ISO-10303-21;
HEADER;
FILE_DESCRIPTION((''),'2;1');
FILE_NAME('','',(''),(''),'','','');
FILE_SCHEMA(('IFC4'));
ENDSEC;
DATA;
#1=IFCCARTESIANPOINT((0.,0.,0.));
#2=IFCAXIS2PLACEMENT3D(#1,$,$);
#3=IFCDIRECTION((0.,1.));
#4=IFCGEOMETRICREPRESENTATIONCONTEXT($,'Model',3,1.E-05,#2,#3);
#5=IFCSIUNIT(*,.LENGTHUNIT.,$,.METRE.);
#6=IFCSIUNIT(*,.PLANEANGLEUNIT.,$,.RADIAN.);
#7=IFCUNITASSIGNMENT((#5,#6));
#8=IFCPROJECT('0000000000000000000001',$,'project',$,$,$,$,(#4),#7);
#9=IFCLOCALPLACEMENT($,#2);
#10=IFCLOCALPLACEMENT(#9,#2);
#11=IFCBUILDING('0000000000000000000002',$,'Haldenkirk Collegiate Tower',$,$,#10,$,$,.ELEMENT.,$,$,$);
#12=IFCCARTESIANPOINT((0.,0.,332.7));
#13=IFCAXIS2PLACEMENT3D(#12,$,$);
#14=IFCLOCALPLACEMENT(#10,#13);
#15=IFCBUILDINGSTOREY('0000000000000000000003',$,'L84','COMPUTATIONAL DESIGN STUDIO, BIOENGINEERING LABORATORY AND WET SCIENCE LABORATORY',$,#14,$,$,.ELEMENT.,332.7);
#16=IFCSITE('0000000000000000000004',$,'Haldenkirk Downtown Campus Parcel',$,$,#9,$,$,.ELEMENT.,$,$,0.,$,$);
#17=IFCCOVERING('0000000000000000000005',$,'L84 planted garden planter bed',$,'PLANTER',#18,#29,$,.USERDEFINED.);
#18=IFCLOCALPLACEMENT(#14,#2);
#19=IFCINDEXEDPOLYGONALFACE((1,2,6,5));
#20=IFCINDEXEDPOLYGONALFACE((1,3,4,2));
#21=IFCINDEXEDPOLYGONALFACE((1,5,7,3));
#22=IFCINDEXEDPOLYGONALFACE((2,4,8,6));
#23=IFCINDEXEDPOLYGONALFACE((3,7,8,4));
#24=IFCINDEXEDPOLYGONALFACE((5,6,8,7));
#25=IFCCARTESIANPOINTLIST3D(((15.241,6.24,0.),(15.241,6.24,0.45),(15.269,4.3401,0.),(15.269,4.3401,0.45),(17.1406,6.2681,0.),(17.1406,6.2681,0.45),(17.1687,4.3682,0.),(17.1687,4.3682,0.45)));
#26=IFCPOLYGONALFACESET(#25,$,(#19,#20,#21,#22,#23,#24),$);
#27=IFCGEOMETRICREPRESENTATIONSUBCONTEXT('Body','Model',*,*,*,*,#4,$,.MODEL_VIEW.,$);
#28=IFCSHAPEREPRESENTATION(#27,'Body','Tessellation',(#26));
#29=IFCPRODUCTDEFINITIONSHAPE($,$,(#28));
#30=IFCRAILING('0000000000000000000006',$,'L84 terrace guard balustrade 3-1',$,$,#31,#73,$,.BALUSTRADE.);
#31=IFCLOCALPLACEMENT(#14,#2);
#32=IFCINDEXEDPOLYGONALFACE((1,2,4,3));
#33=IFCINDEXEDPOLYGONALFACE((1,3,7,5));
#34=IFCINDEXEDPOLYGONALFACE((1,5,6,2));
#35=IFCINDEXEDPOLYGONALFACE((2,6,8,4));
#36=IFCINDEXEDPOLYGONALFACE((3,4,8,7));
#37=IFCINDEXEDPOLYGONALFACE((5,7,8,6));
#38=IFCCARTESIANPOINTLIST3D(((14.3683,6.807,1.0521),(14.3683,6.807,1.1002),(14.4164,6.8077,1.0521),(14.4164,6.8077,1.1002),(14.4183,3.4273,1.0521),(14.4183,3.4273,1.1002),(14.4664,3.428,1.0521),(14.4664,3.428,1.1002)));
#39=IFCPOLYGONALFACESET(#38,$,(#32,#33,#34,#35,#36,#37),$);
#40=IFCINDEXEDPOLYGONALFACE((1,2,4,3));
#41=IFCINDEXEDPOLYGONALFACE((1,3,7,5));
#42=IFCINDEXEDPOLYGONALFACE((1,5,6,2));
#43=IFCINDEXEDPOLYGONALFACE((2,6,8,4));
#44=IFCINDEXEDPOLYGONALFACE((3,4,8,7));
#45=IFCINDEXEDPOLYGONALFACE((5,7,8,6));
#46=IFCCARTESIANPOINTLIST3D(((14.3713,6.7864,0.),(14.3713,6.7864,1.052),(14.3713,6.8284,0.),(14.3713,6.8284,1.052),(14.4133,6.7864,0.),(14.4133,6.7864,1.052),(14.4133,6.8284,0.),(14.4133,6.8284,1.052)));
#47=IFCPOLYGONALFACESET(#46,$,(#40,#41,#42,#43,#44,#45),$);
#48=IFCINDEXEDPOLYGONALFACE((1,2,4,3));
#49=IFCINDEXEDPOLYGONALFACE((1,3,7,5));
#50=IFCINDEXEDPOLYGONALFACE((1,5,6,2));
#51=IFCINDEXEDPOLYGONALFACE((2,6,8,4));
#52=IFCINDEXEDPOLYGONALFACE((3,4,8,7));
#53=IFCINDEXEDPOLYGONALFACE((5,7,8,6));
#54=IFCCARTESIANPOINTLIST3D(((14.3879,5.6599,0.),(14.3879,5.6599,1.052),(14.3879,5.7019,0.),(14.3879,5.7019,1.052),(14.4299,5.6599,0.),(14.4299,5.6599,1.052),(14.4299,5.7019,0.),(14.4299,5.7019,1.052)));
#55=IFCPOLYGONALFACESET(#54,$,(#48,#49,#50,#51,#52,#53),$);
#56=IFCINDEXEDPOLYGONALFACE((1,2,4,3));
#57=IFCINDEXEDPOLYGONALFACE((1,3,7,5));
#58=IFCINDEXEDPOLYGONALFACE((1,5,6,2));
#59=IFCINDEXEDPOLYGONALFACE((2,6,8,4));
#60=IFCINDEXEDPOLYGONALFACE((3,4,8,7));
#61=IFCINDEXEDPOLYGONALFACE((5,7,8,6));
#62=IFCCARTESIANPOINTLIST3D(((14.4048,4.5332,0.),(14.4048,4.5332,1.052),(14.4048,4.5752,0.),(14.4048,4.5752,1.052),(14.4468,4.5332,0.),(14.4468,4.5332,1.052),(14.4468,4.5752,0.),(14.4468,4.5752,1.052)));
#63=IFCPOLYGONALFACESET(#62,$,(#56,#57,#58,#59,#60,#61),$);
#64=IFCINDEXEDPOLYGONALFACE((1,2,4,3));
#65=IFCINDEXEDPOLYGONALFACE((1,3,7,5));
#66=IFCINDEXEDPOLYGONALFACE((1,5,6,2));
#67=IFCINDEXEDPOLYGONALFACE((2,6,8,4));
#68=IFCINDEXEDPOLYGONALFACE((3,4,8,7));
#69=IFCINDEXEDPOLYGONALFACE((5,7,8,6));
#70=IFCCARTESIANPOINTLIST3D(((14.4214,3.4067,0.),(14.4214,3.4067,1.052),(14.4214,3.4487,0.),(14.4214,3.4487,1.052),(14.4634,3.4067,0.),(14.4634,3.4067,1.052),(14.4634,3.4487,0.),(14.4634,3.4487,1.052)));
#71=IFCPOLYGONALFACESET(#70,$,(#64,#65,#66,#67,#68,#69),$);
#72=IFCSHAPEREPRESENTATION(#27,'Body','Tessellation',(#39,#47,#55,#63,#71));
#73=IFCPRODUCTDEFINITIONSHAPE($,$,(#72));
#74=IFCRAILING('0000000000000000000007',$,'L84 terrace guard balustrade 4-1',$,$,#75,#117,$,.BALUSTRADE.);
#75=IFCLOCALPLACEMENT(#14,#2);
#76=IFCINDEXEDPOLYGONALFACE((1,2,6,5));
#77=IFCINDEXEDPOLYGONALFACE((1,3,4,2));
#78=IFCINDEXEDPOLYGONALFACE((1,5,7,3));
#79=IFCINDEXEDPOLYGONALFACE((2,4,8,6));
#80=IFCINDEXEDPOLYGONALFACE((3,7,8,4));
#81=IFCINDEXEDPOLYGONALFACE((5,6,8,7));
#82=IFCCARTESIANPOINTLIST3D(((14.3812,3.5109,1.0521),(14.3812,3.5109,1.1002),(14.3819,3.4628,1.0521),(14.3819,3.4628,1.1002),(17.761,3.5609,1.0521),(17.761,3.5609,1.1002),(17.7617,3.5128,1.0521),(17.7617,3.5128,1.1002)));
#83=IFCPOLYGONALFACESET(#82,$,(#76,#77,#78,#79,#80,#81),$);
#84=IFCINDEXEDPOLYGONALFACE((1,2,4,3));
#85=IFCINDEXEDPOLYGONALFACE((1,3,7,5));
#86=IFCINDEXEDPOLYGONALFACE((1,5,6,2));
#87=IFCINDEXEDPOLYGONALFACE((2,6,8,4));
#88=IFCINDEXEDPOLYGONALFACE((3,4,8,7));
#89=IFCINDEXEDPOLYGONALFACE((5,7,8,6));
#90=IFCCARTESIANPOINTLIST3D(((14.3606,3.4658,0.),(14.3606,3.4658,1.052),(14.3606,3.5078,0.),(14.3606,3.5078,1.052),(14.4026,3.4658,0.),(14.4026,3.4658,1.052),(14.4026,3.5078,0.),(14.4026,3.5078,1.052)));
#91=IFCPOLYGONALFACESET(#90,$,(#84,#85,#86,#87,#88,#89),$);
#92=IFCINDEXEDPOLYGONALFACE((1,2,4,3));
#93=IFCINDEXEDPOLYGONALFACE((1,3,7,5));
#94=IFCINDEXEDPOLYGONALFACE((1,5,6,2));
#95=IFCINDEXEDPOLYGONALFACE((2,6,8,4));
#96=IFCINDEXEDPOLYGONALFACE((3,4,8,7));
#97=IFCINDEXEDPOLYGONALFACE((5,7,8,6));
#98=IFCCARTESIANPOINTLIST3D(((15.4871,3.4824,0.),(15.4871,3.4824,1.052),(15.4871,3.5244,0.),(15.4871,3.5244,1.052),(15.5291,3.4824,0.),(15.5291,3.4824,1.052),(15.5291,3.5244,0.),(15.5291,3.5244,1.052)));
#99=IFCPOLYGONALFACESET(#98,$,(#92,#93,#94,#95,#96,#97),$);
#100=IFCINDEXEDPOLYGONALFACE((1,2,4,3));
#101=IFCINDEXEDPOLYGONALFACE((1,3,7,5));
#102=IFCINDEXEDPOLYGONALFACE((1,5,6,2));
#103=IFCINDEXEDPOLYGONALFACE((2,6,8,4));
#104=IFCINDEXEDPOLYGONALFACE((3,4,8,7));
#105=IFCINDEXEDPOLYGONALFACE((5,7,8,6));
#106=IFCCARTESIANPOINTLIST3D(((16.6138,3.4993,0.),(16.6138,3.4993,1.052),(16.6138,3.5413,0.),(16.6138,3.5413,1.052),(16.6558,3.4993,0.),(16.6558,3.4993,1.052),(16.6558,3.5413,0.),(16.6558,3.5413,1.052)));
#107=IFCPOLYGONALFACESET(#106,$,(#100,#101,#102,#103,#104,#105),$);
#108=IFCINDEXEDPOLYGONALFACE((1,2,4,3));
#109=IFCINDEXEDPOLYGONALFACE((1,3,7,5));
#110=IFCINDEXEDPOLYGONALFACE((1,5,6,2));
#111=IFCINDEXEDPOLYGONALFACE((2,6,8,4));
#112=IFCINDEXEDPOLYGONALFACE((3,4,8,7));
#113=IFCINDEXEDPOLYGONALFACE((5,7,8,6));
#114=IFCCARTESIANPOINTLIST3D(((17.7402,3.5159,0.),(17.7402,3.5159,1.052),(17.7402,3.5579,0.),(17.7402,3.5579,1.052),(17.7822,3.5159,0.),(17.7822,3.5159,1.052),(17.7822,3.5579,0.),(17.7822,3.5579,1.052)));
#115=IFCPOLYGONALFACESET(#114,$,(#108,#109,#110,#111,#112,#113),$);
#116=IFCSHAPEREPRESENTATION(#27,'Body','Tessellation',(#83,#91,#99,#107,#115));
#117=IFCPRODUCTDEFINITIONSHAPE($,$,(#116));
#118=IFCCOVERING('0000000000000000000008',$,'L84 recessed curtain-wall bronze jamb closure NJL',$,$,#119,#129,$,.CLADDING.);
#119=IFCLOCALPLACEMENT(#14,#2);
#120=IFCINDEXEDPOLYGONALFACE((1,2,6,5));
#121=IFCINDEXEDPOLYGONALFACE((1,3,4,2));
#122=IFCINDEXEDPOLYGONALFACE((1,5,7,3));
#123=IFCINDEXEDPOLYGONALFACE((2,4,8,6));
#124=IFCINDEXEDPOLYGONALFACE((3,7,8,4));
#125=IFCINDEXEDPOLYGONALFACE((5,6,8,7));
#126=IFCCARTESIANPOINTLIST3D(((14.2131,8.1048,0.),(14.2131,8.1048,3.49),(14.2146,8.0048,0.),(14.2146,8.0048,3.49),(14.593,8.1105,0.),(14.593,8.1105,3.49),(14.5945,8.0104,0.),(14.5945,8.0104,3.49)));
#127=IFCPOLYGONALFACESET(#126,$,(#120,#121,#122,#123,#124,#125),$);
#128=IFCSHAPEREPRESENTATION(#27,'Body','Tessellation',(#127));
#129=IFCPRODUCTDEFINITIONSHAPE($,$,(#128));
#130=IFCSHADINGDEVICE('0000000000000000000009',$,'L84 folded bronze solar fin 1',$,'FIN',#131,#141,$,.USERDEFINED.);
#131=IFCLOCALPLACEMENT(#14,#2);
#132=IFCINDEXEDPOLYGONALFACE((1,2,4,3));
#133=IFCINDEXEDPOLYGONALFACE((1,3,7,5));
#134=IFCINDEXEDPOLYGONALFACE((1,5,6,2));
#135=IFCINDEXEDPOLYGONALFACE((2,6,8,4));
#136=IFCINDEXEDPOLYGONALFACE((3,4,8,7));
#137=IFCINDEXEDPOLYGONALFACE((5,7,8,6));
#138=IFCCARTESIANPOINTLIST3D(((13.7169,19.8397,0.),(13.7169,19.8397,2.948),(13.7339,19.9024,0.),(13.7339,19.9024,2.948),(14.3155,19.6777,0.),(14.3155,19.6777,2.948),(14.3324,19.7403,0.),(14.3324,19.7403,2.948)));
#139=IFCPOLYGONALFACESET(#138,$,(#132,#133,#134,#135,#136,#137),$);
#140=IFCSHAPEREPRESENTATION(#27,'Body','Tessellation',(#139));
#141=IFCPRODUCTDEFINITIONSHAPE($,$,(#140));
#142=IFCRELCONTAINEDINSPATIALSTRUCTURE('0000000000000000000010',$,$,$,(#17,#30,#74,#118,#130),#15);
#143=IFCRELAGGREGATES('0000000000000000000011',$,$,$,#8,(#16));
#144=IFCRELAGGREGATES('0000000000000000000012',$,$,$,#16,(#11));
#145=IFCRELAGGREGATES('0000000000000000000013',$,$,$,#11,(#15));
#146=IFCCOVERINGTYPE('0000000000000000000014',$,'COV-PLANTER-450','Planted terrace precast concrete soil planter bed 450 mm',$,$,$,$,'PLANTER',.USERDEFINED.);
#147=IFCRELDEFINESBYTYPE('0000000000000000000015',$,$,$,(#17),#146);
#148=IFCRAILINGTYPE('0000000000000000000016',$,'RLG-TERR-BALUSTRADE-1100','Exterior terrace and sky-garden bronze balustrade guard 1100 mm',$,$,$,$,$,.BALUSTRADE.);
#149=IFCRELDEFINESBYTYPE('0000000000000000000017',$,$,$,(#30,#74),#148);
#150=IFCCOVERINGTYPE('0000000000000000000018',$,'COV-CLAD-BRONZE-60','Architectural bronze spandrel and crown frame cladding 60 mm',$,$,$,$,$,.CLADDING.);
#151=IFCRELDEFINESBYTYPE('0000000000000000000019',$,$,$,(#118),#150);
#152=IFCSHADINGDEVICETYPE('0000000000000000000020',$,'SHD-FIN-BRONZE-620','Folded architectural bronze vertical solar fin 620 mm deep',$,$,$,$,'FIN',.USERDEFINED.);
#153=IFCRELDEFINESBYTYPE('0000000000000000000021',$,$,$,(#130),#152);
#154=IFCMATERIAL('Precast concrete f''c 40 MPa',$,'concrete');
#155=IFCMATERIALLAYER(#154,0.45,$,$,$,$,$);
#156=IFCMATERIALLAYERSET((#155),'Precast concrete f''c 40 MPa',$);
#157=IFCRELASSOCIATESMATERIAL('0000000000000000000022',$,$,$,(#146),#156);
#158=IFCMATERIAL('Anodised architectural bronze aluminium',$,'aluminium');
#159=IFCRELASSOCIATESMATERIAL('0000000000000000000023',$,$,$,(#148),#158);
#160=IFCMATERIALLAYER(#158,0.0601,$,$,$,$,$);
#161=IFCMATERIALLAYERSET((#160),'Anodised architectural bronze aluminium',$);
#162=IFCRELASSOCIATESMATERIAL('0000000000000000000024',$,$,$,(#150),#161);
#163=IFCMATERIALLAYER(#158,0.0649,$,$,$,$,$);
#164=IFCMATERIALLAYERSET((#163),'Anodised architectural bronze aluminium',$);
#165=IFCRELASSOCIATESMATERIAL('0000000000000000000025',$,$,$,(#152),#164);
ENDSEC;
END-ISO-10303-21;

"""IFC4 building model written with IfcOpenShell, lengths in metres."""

from ifc_helpers import new_model, si_unit, direction, frame, origin, origin_2d, place, context, subcontext, project, spatial, polyline, rectangle, outline, extrude, source, transform, mapped, material, layer, layer_set, type_object, element, save


model = new_model("IFC4")

# Units and contexts
model_context = context("Model", 3, precision=1e-05, world=origin(), true_north=direction((0.0, 1.0)))
body_context = subcontext(model_context, "Body", "Model", "MODEL_VIEW")
ifc_project = project(units=[si_unit("LENGTHUNIT", "METRE"), si_unit("PLANEANGLEUNIT", "RADIAN")], contexts=[model_context])

# Site, building, storey
site_placement = place(None, origin())
site = spatial("IfcSite", under=ifc_project, at=site_placement, Name="Haldenkirk Downtown Campus Parcel", CompositionType="ELEMENT", RefElevation=0.0)
building_placement = place(site_placement, origin())
building = spatial("IfcBuilding", under=site, at=building_placement, Name="Haldenkirk Collegiate Tower", CompositionType="ELEMENT")
storey_placement = place(building_placement, frame((0.0, 0.0, 332.7)))
storey = spatial("IfcBuildingStorey", under=building, at=storey_placement, Name="L84", Description="COMPUTATIONAL DESIGN STUDIO, BIOENGINEERING LABORATORY AND WET SCIENCE LABORATORY", CompositionType="ELEMENT", Elevation=332.7)

# Shared definitions
ifc_material_1 = material(Name="Anodised architectural bronze aluminium", Category="aluminium")

# Shared definitions
ifc_material_2 = material(Name="Precast concrete f'c 40 MPa", Category="concrete")

# Covering
ifc_layer_1 = layer(ifc_material_2, 0.45)
ifc_layer_set_1 = layer_set([ifc_layer_1], Name="Precast concrete f'c 40 MPa")
covering_type_1 = type_object("IfcCoveringType", Name="COV-PLANTER-450", Description="Planted terrace precast concrete soil planter bed 450 mm", ElementType="PLANTER", PredefinedType="USERDEFINED", material=ifc_layer_set_1)
covering_1_placement = place(storey_placement, origin())
element("IfcCovering", 1, at=covering_1_placement, inside=storey, type_object=covering_type_1, Name="L84 planted garden planter bed", ObjectType="PLANTER", PredefinedType="USERDEFINED", context=body_context, shape_type="SweptSolid", body=[
    extrude(outline(polyline([(17.1687, 4.3682), (15.269, 4.3401), (15.241, 6.24), (17.1406, 6.2681), (17.1687, 4.3682)])), origin(), (0.0, 0.0, 1.0), 0.45),
])

# Railings
railing_type = type_object("IfcRailingType", Name="RLG-TERR-BALUSTRADE-1100", Description="Exterior terrace and sky-garden bronze balustrade guard 1100 mm", PredefinedType="BALUSTRADE", material=ifc_material_1)
railing_1_placement = place(storey_placement, frame((14.3923, 6.8074, 0.0)))
element("IfcRailing", 2, at=railing_1_placement, inside=storey, type_object=railing_type, Name="L84 terrace guard balustrade 3-1", PredefinedType="BALUSTRADE", context=body_context, shape_type="SweptSolid", body=[
    extrude(rectangle(XDim=0.0481, YDim=0.0481, at=origin_2d()), frame((0.0, 0.0, 1.0762), z_axis=(0.014807, -0.99989, 0.0), x_axis=(0.99989, 0.014807, 0.0)), (0.0, 0.0, 1.0), 3.3801),
    extrude(rectangle(XDim=0.042, YDim=0.042, at=origin_2d()), origin(), (0.0, 0.0, 1.0), 1.052),
    extrude(rectangle(XDim=0.042, YDim=0.042, at=origin_2d()), frame((0.0166, -1.1265, 0.0)), (0.0, 0.0, 1.0), 1.052),
    extrude(rectangle(XDim=0.042, YDim=0.042, at=origin_2d()), frame((0.0334, -2.2532, 0.0)), (0.0, 0.0, 1.0), 1.052),
    extrude(rectangle(XDim=0.042, YDim=0.042, at=origin_2d()), frame((0.05, -3.3796, 0.0)), (0.0, 0.0, 1.0), 1.052),
])
railing_2_placement = place(storey_placement, frame((14.3816, 3.4868, 0.0)))
element("IfcRailing", 3, at=railing_2_placement, inside=storey, type_object=railing_type, Name="L84 terrace guard balustrade 4-1", PredefinedType="BALUSTRADE", context=body_context, shape_type="SweptSolid", body=[
    extrude(rectangle(XDim=0.0481, YDim=0.0481, at=origin_2d()), frame((0.0, 0.0, 1.0762), z_axis=(0.99989, 0.014807, 0.0), x_axis=(-0.014807, 0.99989, 0.0)), (0.0, 0.0, 1.0), 3.3801),
    extrude(rectangle(XDim=0.042, YDim=0.042, at=origin_2d()), origin(), (0.0, 0.0, 1.0), 1.052),
    extrude(rectangle(XDim=0.042, YDim=0.042, at=origin_2d()), frame((1.1265, 0.0166, 0.0)), (0.0, 0.0, 1.0), 1.052),
    extrude(rectangle(XDim=0.042, YDim=0.042, at=origin_2d()), frame((2.2532, 0.0334, 0.0)), (0.0, 0.0, 1.0), 1.052),
    extrude(rectangle(XDim=0.042, YDim=0.042, at=origin_2d()), frame((3.3796, 0.05, 0.0)), (0.0, 0.0, 1.0), 1.052),
])

# Covering
ifc_layer_2 = layer(ifc_material_1, 0.0601)
ifc_layer_set_2 = layer_set([ifc_layer_2], Name="Anodised architectural bronze aluminium")
covering_type_2 = type_object("IfcCoveringType", Name="COV-CLAD-BRONZE-60", Description="Architectural bronze spandrel and crown frame cladding 60 mm", PredefinedType="CLADDING", material=ifc_layer_set_2)
shared_shape_1 = source(origin(), body_context, "Body", "SweptSolid", [
    extrude(rectangle(XDim=0.1001, YDim=0.3799, at=origin_2d()), origin(), (0.0, 0.0, 1.0), 3.49),
])
covering_2_placement = place(storey_placement, frame((14.4038, 8.0576, 0.0), z_axis=(0.0, 0.0, 1.0), x_axis=(-0.014835, 0.99989, 0.0)))
element("IfcCovering", 4, at=covering_2_placement, inside=storey, type_object=covering_type_2, Name="L84 recessed curtain-wall bronze jamb closure NJL", PredefinedType="CLADDING", context=body_context, shape_type="MappedRepresentation", body=[
    mapped(shared_shape_1, transform((0.0, 0.0, 0.0), x_axis=(1.0, 0.0, 0.0), y_axis=(0.0, 1.0, 0.0), z_axis=(0.0, 0.0, 1.0), scale=1.0)),
])

# Shading device
ifc_layer_3 = layer(ifc_material_1, 0.0649)
ifc_layer_set_3 = layer_set([ifc_layer_3], Name="Anodised architectural bronze aluminium")
shading_device_type = type_object("IfcShadingDeviceType", Name="SHD-FIN-BRONZE-620", Description="Folded architectural bronze vertical solar fin 620 mm deep", ElementType="FIN", PredefinedType="USERDEFINED", material=ifc_layer_set_3)
shared_shape_2 = source(origin(), body_context, "Body", "SweptSolid", [
    extrude(rectangle(XDim=0.6201, YDim=0.0649, at=origin_2d()), origin(), (0.0, 0.0, 1.0), 2.948),
])
shading_device_placement = place(storey_placement, frame((14.0247, 19.79, 0.0), z_axis=(0.0, 0.0, 1.0), x_axis=(-0.965245, 0.261347, 0.0)))
element("IfcShadingDevice", 5, at=shading_device_placement, inside=storey, type_object=shading_device_type, Name="L84 folded bronze solar fin 1", ObjectType="FIN", PredefinedType="USERDEFINED", context=body_context, shape_type="MappedRepresentation", body=[
    mapped(shared_shape_2, transform((0.0, 0.0, 0.0), x_axis=(1.0, 0.0, 0.0), y_axis=(0.0, 1.0, 0.0), z_axis=(0.0, 0.0, 1.0), scale=1.0)),
])

save(model, "model.ifc")
